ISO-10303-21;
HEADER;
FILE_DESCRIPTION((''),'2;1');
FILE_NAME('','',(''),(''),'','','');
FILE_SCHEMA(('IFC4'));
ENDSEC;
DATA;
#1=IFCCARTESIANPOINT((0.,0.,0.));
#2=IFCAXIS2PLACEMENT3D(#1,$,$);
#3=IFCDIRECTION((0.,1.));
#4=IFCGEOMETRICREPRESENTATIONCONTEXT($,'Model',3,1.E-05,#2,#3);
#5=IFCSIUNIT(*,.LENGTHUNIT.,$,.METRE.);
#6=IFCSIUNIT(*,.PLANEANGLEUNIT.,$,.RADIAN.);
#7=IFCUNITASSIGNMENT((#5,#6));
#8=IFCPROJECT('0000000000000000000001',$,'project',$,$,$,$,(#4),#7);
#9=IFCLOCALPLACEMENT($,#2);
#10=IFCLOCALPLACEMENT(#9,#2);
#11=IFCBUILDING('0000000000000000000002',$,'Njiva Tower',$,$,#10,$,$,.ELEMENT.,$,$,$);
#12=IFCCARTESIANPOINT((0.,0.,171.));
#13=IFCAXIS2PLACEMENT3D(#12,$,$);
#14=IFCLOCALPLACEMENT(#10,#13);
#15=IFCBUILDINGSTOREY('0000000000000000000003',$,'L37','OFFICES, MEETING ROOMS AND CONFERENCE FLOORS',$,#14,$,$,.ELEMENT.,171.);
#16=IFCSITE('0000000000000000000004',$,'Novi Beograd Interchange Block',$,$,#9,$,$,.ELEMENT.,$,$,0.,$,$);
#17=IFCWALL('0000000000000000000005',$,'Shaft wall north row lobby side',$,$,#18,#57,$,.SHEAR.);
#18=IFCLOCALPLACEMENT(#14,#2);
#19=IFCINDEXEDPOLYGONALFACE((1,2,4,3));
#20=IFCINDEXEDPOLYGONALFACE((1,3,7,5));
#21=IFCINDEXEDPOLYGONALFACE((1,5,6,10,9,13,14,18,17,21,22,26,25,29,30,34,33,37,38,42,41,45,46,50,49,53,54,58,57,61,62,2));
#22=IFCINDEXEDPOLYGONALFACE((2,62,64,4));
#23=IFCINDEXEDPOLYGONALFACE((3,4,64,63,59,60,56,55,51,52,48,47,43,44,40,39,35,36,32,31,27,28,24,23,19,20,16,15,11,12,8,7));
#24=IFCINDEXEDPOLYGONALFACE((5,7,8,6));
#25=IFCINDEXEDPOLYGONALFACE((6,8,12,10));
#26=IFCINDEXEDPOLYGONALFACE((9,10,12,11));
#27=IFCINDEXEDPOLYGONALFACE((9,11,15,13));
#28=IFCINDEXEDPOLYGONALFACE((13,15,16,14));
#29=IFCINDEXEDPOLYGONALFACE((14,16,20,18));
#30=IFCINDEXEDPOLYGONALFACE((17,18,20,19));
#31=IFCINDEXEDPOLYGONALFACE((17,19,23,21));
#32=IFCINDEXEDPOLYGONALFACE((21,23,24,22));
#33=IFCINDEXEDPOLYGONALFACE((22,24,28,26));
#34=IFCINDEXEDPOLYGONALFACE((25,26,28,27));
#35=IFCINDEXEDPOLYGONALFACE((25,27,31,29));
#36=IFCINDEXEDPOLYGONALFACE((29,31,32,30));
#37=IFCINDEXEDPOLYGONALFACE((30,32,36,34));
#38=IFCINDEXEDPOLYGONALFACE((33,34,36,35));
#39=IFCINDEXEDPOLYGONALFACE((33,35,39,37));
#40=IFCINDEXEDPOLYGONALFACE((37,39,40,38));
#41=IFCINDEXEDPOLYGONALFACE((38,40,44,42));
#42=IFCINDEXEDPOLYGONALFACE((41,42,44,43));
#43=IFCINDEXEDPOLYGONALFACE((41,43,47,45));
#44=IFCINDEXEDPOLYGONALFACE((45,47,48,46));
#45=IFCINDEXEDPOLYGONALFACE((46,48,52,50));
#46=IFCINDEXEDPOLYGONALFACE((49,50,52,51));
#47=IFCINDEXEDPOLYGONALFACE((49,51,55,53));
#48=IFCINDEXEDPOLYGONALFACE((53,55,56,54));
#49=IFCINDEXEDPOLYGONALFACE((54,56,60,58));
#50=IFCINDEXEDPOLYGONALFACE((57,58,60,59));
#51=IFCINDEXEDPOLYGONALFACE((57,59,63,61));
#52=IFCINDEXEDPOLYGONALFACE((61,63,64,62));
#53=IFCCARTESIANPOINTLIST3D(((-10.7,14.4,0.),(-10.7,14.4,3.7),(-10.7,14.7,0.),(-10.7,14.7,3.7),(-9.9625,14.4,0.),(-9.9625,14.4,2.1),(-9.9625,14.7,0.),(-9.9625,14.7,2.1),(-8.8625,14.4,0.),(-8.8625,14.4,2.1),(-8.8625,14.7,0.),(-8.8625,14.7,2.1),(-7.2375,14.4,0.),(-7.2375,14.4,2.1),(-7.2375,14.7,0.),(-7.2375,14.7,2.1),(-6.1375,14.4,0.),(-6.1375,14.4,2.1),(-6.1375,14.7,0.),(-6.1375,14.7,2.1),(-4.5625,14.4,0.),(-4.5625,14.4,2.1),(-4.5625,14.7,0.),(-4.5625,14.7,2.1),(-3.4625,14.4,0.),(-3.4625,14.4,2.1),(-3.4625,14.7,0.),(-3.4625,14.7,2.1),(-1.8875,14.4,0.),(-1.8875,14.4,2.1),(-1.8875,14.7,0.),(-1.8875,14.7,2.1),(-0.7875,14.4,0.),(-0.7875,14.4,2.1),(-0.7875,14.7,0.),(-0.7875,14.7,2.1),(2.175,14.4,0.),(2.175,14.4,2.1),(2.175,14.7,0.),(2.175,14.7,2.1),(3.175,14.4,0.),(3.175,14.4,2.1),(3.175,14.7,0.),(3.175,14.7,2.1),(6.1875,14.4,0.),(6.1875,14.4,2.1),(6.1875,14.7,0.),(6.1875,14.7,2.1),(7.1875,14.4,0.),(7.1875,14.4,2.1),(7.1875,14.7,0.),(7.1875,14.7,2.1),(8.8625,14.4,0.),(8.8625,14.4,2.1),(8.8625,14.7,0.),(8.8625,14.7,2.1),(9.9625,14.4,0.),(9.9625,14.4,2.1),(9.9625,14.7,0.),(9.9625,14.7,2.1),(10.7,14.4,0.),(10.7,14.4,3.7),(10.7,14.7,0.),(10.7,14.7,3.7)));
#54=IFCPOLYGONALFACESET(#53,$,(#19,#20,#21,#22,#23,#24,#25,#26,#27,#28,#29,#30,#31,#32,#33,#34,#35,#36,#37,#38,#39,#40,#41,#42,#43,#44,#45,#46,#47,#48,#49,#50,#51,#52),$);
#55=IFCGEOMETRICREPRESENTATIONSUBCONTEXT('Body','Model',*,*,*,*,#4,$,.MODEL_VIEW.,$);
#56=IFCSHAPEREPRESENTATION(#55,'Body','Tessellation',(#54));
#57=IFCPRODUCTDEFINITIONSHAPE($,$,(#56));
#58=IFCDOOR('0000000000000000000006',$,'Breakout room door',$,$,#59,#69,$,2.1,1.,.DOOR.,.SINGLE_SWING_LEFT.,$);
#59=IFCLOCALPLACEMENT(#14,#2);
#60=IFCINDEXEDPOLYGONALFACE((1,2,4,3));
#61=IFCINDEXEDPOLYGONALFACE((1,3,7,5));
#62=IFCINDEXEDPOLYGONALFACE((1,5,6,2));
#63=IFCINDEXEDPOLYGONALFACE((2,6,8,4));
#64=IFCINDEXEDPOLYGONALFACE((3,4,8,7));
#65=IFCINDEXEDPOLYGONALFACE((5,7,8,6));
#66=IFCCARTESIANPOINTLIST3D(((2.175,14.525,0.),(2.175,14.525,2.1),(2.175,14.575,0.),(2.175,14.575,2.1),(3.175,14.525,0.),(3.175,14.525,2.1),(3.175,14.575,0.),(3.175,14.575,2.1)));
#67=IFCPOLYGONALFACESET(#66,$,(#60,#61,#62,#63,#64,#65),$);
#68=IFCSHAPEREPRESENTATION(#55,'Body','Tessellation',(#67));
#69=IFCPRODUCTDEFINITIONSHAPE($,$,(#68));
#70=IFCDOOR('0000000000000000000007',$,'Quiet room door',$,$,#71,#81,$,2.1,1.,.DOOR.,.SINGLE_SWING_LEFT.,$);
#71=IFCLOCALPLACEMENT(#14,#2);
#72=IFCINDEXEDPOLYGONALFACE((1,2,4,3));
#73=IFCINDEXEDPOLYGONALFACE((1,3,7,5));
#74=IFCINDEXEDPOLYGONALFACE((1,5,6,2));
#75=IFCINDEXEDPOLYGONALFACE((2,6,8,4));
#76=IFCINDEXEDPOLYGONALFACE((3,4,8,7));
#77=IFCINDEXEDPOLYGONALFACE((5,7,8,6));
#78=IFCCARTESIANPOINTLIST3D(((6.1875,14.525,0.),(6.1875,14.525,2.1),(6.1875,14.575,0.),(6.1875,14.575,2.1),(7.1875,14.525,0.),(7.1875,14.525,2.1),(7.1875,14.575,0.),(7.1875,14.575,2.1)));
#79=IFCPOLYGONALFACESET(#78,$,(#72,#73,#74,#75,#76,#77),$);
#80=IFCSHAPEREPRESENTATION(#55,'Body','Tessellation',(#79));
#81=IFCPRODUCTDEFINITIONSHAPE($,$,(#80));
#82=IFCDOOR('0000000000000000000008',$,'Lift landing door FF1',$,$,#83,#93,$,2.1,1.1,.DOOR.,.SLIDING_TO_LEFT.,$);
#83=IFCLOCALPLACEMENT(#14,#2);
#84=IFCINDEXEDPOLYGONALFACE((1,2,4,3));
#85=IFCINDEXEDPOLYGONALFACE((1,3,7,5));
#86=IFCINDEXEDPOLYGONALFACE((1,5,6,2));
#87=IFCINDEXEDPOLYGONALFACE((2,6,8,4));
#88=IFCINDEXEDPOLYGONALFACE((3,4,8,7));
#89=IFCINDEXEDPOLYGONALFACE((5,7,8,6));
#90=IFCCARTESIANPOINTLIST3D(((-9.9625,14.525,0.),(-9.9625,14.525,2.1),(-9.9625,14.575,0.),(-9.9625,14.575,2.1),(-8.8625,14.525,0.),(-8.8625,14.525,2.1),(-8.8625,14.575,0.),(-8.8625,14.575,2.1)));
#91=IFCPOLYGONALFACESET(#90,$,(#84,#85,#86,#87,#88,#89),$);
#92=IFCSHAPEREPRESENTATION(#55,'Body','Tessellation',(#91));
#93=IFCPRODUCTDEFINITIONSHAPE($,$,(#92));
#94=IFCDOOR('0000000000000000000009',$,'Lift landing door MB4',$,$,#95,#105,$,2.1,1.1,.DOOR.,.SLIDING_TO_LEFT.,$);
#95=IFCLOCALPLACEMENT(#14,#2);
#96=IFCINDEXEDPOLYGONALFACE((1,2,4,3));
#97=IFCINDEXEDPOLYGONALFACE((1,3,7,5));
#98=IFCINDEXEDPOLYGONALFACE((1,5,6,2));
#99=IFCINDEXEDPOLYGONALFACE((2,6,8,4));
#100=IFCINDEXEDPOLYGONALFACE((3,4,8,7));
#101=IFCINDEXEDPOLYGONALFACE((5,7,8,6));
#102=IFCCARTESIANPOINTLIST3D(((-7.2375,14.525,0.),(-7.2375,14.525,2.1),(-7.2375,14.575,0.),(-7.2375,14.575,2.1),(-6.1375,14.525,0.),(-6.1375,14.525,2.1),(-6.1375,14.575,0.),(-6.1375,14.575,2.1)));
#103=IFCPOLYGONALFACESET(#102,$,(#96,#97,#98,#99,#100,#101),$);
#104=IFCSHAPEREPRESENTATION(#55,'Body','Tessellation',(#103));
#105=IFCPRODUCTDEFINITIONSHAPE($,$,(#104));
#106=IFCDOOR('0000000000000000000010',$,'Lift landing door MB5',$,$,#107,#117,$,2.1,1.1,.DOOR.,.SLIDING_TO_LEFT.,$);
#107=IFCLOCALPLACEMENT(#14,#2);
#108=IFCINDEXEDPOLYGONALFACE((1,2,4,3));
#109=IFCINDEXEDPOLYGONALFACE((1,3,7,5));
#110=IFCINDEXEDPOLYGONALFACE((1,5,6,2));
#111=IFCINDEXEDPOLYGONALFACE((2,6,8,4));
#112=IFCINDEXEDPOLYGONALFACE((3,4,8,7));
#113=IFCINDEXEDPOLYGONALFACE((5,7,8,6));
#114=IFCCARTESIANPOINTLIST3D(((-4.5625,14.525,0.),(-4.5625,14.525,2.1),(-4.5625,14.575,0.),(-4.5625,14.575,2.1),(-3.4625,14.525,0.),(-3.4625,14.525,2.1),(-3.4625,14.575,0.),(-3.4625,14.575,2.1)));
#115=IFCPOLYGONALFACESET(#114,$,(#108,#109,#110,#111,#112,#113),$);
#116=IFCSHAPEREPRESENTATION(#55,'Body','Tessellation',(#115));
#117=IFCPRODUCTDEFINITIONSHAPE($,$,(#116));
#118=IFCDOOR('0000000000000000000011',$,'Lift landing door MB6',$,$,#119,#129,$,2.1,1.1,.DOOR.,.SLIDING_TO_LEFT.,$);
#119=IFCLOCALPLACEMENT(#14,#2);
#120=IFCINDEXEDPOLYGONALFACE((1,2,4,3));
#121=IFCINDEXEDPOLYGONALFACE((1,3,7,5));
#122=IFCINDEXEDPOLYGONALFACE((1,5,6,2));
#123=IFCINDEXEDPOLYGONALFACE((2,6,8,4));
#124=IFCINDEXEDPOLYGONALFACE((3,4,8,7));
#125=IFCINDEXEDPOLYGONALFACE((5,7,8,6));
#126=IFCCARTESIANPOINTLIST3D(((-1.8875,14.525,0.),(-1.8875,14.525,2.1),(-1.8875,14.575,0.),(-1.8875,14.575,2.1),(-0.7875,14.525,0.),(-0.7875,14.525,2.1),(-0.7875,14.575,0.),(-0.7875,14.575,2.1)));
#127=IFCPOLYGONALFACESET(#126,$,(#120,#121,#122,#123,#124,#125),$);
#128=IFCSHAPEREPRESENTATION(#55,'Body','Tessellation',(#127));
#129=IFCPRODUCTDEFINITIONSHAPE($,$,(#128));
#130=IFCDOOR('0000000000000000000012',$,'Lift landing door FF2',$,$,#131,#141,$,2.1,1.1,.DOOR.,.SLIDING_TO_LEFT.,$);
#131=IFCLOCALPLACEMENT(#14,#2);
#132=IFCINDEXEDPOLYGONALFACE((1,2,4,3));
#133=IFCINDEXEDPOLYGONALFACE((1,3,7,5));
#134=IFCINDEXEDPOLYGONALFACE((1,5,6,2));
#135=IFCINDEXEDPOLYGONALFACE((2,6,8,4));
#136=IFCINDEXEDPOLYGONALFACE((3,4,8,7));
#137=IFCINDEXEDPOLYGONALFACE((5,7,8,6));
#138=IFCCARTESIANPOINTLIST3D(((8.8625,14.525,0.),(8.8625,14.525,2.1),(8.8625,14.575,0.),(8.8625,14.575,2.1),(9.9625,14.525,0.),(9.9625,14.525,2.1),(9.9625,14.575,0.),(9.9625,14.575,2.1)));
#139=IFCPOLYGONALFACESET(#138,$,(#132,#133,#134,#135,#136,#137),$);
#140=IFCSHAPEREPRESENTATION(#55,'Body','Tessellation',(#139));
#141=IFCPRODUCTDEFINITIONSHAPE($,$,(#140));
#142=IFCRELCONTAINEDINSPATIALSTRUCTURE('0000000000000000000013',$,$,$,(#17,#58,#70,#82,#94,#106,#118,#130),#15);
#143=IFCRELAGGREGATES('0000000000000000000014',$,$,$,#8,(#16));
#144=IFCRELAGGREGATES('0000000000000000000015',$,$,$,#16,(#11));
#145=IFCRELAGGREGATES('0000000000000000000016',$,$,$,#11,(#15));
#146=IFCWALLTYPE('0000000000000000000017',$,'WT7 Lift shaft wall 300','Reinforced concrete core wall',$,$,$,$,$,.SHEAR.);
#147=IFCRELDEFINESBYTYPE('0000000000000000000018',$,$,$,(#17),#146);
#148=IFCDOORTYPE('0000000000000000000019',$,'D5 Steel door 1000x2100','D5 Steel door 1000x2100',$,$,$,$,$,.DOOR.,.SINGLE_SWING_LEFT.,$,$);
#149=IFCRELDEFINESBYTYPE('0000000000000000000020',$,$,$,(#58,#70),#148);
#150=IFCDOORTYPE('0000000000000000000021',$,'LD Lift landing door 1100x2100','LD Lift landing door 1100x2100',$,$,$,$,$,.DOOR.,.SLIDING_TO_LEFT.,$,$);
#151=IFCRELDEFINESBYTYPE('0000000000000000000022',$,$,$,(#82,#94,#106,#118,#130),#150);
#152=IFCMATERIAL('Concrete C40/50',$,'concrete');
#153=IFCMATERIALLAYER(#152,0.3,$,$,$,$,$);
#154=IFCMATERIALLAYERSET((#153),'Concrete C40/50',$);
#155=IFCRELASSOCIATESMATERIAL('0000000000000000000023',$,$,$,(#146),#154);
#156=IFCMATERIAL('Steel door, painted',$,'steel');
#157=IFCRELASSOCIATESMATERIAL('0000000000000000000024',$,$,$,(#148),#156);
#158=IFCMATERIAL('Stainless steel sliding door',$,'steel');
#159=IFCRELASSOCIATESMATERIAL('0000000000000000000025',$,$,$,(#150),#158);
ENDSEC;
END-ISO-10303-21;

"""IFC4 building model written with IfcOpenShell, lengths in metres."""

from ifc_helpers import new_model, si_unit, direction, frame, frame_2d, origin, place, context, subcontext, project, spatial, rectangle, extrude, material, layer, layer_set, type_object, element, fill, save


model = new_model("IFC4")

# Units and contexts
model_context = context("Model", 3, precision=1e-05, world=origin(), true_north=direction((0.0, 1.0)))
body_context = subcontext(model_context, "Body", "Model", "MODEL_VIEW")
ifc_project = project(units=[si_unit("LENGTHUNIT", "METRE"), si_unit("PLANEANGLEUNIT", "RADIAN")], contexts=[model_context])

# Site, building, storey
site_placement = place(None, origin())
site = spatial("IfcSite", under=ifc_project, at=site_placement, Name="Novi Beograd Interchange Block", CompositionType="ELEMENT", RefElevation=0.0)
building_placement = place(site_placement, origin())
building = spatial("IfcBuilding", under=site, at=building_placement, Name="Njiva Tower", CompositionType="ELEMENT")
storey_placement = place(building_placement, frame((0.0, 0.0, 171.0)))
storey = spatial("IfcBuildingStorey", under=building, at=storey_placement, Name="L37", Description="OFFICES, MEETING ROOMS AND CONFERENCE FLOORS", CompositionType="ELEMENT", Elevation=171.0)

# Shared definitions
ifc_material_1 = material(Name="Concrete C40/50", Category="concrete")

# Wall, openings, doors
ifc_layer_1 = layer(ifc_material_1, 0.3)
ifc_layer_set_1 = layer_set([ifc_layer_1], Name="Concrete C40/50")
wall_type_1 = type_object("IfcWallType", Name="WT7 Lift shaft wall 300", Description="Reinforced concrete core wall", PredefinedType="SHEAR", material=ifc_layer_set_1)
wall_1_placement = place(storey_placement, frame((-10.7, 14.55, 0.0), z_axis=(0.0, 0.0, 1.0), x_axis=(1.0, 0.0, 0.0)))
wall_1 = element("IfcWall", 1, at=wall_1_placement, inside=storey, type_object=wall_type_1, Name="Shaft wall north row lobby side", PredefinedType="SHEAR", context=body_context, shape_type="SweptSolid", body=[
    extrude(rectangle(XDim=21.4, YDim=0.3, at=frame_2d((10.7, 0.0))), origin(), (0.0, 0.0, 1.0), 3.7),
])
opening_1_placement = place(wall_1_placement, frame((0.7375, 0.0, 0.0)))
opening_1 = element("IfcOpeningElement", 2, at=opening_1_placement, cuts=wall_1, PredefinedType="OPENING", context=body_context, shape_type="SweptSolid", body=[
    extrude(rectangle(XDim=1.1, YDim=2.1, at=frame_2d((0.55, 1.05))), frame((0.0, 0.16, 0.0), z_axis=(0.0, -1.0, 0.0), x_axis=(1.0, 0.0, 0.0)), (0.0, 0.0, 1.0), 0.32),
])
opening_2_placement = place(wall_1_placement, frame((3.4625, 0.0, 0.0)))
opening_2 = element("IfcOpeningElement", 3, at=opening_2_placement, cuts=wall_1, PredefinedType="OPENING", context=body_context, shape_type="SweptSolid", body=[
    extrude(rectangle(XDim=1.1, YDim=2.1, at=frame_2d((0.55, 1.05))), frame((0.0, 0.16, 0.0), z_axis=(0.0, -1.0, 0.0), x_axis=(1.0, 0.0, 0.0)), (0.0, 0.0, 1.0), 0.32),
])
opening_3_placement = place(wall_1_placement, frame((6.1375, 0.0, 0.0)))
opening_3 = element("IfcOpeningElement", 4, at=opening_3_placement, cuts=wall_1, PredefinedType="OPENING", context=body_context, shape_type="SweptSolid", body=[
    extrude(rectangle(XDim=1.1, YDim=2.1, at=frame_2d((0.55, 1.05))), frame((0.0, 0.16, 0.0), z_axis=(0.0, -1.0, 0.0), x_axis=(1.0, 0.0, 0.0)), (0.0, 0.0, 1.0), 0.32),
])
opening_4_placement = place(wall_1_placement, frame((8.8125, 0.0, 0.0)))
opening_4 = element("IfcOpeningElement", 5, at=opening_4_placement, cuts=wall_1, PredefinedType="OPENING", context=body_context, shape_type="SweptSolid", body=[
    extrude(rectangle(XDim=1.1, YDim=2.1, at=frame_2d((0.55, 1.05))), frame((0.0, 0.16, 0.0), z_axis=(0.0, -1.0, 0.0), x_axis=(1.0, 0.0, 0.0)), (0.0, 0.0, 1.0), 0.32),
])
opening_5_placement = place(wall_1_placement, frame((19.5625, 0.0, 0.0)))
opening_5 = element("IfcOpeningElement", 6, at=opening_5_placement, cuts=wall_1, PredefinedType="OPENING", context=body_context, shape_type="SweptSolid", body=[
    extrude(rectangle(XDim=1.1, YDim=2.1, at=frame_2d((0.55, 1.05))), frame((0.0, 0.16, 0.0), z_axis=(0.0, -1.0, 0.0), x_axis=(1.0, 0.0, 0.0)), (0.0, 0.0, 1.0), 0.32),
])
opening_6_placement = place(wall_1_placement, frame((12.875, 0.0, 0.0)))
opening_6 = element("IfcOpeningElement", 7, at=opening_6_placement, cuts=wall_1, PredefinedType="OPENING", context=body_context, shape_type="SweptSolid", body=[
    extrude(rectangle(XDim=1.0, YDim=2.1, at=frame_2d((0.5, 1.05))), frame((0.0, 0.16, 0.0), z_axis=(0.0, -1.0, 0.0), x_axis=(1.0, 0.0, 0.0)), (0.0, 0.0, 1.0), 0.32),
])
opening_7_placement = place(wall_1_placement, frame((16.8875, 0.0, 0.0)))
opening_7 = element("IfcOpeningElement", 8, at=opening_7_placement, cuts=wall_1, PredefinedType="OPENING", context=body_context, shape_type="SweptSolid", body=[
    extrude(rectangle(XDim=1.0, YDim=2.1, at=frame_2d((0.5, 1.05))), frame((0.0, 0.16, 0.0), z_axis=(0.0, -1.0, 0.0), x_axis=(1.0, 0.0, 0.0)), (0.0, 0.0, 1.0), 0.32),
])
ifc_material_2 = material(Name="Steel door, painted", Category="steel")
door_type_1 = type_object("IfcDoorType", Name="D5 Steel door 1000x2100", Description="D5 Steel door 1000x2100", OperationType="SINGLE_SWING_LEFT", PredefinedType="DOOR", material=ifc_material_2)
door_1_placement = place(opening_6_placement, origin())
door_1 = element("IfcDoor", 9, at=door_1_placement, inside=storey, type_object=door_type_1, Name="Breakout room door", OperationType="SINGLE_SWING_LEFT", OverallHeight=2.1, OverallWidth=1.0, PredefinedType="DOOR", context=body_context, shape_type="SweptSolid", body=[
    extrude(rectangle(XDim=1.0, YDim=2.1, at=frame_2d((0.5, 1.05))), frame((0.0, 0.025, 0.0), z_axis=(0.0, -1.0, 0.0), x_axis=(1.0, 0.0, 0.0)), (0.0, 0.0, 1.0), 0.05),
])
fill(opening_6, door_1)
door_2_placement = place(opening_7_placement, origin())
door_2 = element("IfcDoor", 10, at=door_2_placement, inside=storey, type_object=door_type_1, Name="Quiet room door", OperationType="SINGLE_SWING_LEFT", OverallHeight=2.1, OverallWidth=1.0, PredefinedType="DOOR", context=body_context, shape_type="SweptSolid", body=[
    extrude(rectangle(XDim=1.0, YDim=2.1, at=frame_2d((0.5, 1.05))), frame((0.0, 0.025, 0.0), z_axis=(0.0, -1.0, 0.0), x_axis=(1.0, 0.0, 0.0)), (0.0, 0.0, 1.0), 0.05),
])
fill(opening_7, door_2)
ifc_material_3 = material(Name="Stainless steel sliding door", Category="steel")
door_type_2 = type_object("IfcDoorType", Name="LD Lift landing door 1100x2100", Description="LD Lift landing door 1100x2100", OperationType="SLIDING_TO_LEFT", PredefinedType="DOOR", material=ifc_material_3)
door_3_placement = place(opening_1_placement, origin())
door_3 = element("IfcDoor", 11, at=door_3_placement, inside=storey, type_object=door_type_2, Name="Lift landing door FF1", OperationType="SLIDING_TO_LEFT", OverallHeight=2.1, OverallWidth=1.1, PredefinedType="DOOR", context=body_context, shape_type="SweptSolid", body=[
    extrude(rectangle(XDim=1.1, YDim=2.1, at=frame_2d((0.55, 1.05))), frame((0.0, 0.025, 0.0), z_axis=(0.0, -1.0, 0.0), x_axis=(1.0, 0.0, 0.0)), (0.0, 0.0, 1.0), 0.05),
])
fill(opening_1, door_3)
door_4_placement = place(opening_2_placement, origin())
door_4 = element("IfcDoor", 12, at=door_4_placement, inside=storey, type_object=door_type_2, Name="Lift landing door MB4", OperationType="SLIDING_TO_LEFT", OverallHeight=2.1, OverallWidth=1.1, PredefinedType="DOOR", context=body_context, shape_type="SweptSolid", body=[
    extrude(rectangle(XDim=1.1, YDim=2.1, at=frame_2d((0.55, 1.05))), frame((0.0, 0.025, 0.0), z_axis=(0.0, -1.0, 0.0), x_axis=(1.0, 0.0, 0.0)), (0.0, 0.0, 1.0), 0.05),
])
fill(opening_2, door_4)
door_5_placement = place(opening_3_placement, origin())
door_5 = element("IfcDoor", 13, at=door_5_placement, inside=storey, type_object=door_type_2, Name="Lift landing door MB5", OperationType="SLIDING_TO_LEFT", OverallHeight=2.1, OverallWidth=1.1, PredefinedType="DOOR", context=body_context, shape_type="SweptSolid", body=[
    extrude(rectangle(XDim=1.1, YDim=2.1, at=frame_2d((0.55, 1.05))), frame((0.0, 0.025, 0.0), z_axis=(0.0, -1.0, 0.0), x_axis=(1.0, 0.0, 0.0)), (0.0, 0.0, 1.0), 0.05),
])
fill(opening_3, door_5)
door_6_placement = place(opening_4_placement, origin())
door_6 = element("IfcDoor", 14, at=door_6_placement, inside=storey, type_object=door_type_2, Name="Lift landing door MB6", OperationType="SLIDING_TO_LEFT", OverallHeight=2.1, OverallWidth=1.1, PredefinedType="DOOR", context=body_context, shape_type="SweptSolid", body=[
    extrude(rectangle(XDim=1.1, YDim=2.1, at=frame_2d((0.55, 1.05))), frame((0.0, 0.025, 0.0), z_axis=(0.0, -1.0, 0.0), x_axis=(1.0, 0.0, 0.0)), (0.0, 0.0, 1.0), 0.05),
])
fill(opening_4, door_6)
door_7_placement = place(opening_5_placement, origin())
door_7 = element("IfcDoor", 15, at=door_7_placement, inside=storey, type_object=door_type_2, Name="Lift landing door FF2", OperationType="SLIDING_TO_LEFT", OverallHeight=2.1, OverallWidth=1.1, PredefinedType="DOOR", context=body_context, shape_type="SweptSolid", body=[
    extrude(rectangle(XDim=1.1, YDim=2.1, at=frame_2d((0.55, 1.05))), frame((0.0, 0.025, 0.0), z_axis=(0.0, -1.0, 0.0), x_axis=(1.0, 0.0, 0.0)), (0.0, 0.0, 1.0), 0.05),
])
fill(opening_5, door_7)

save(model, "model.ifc")
